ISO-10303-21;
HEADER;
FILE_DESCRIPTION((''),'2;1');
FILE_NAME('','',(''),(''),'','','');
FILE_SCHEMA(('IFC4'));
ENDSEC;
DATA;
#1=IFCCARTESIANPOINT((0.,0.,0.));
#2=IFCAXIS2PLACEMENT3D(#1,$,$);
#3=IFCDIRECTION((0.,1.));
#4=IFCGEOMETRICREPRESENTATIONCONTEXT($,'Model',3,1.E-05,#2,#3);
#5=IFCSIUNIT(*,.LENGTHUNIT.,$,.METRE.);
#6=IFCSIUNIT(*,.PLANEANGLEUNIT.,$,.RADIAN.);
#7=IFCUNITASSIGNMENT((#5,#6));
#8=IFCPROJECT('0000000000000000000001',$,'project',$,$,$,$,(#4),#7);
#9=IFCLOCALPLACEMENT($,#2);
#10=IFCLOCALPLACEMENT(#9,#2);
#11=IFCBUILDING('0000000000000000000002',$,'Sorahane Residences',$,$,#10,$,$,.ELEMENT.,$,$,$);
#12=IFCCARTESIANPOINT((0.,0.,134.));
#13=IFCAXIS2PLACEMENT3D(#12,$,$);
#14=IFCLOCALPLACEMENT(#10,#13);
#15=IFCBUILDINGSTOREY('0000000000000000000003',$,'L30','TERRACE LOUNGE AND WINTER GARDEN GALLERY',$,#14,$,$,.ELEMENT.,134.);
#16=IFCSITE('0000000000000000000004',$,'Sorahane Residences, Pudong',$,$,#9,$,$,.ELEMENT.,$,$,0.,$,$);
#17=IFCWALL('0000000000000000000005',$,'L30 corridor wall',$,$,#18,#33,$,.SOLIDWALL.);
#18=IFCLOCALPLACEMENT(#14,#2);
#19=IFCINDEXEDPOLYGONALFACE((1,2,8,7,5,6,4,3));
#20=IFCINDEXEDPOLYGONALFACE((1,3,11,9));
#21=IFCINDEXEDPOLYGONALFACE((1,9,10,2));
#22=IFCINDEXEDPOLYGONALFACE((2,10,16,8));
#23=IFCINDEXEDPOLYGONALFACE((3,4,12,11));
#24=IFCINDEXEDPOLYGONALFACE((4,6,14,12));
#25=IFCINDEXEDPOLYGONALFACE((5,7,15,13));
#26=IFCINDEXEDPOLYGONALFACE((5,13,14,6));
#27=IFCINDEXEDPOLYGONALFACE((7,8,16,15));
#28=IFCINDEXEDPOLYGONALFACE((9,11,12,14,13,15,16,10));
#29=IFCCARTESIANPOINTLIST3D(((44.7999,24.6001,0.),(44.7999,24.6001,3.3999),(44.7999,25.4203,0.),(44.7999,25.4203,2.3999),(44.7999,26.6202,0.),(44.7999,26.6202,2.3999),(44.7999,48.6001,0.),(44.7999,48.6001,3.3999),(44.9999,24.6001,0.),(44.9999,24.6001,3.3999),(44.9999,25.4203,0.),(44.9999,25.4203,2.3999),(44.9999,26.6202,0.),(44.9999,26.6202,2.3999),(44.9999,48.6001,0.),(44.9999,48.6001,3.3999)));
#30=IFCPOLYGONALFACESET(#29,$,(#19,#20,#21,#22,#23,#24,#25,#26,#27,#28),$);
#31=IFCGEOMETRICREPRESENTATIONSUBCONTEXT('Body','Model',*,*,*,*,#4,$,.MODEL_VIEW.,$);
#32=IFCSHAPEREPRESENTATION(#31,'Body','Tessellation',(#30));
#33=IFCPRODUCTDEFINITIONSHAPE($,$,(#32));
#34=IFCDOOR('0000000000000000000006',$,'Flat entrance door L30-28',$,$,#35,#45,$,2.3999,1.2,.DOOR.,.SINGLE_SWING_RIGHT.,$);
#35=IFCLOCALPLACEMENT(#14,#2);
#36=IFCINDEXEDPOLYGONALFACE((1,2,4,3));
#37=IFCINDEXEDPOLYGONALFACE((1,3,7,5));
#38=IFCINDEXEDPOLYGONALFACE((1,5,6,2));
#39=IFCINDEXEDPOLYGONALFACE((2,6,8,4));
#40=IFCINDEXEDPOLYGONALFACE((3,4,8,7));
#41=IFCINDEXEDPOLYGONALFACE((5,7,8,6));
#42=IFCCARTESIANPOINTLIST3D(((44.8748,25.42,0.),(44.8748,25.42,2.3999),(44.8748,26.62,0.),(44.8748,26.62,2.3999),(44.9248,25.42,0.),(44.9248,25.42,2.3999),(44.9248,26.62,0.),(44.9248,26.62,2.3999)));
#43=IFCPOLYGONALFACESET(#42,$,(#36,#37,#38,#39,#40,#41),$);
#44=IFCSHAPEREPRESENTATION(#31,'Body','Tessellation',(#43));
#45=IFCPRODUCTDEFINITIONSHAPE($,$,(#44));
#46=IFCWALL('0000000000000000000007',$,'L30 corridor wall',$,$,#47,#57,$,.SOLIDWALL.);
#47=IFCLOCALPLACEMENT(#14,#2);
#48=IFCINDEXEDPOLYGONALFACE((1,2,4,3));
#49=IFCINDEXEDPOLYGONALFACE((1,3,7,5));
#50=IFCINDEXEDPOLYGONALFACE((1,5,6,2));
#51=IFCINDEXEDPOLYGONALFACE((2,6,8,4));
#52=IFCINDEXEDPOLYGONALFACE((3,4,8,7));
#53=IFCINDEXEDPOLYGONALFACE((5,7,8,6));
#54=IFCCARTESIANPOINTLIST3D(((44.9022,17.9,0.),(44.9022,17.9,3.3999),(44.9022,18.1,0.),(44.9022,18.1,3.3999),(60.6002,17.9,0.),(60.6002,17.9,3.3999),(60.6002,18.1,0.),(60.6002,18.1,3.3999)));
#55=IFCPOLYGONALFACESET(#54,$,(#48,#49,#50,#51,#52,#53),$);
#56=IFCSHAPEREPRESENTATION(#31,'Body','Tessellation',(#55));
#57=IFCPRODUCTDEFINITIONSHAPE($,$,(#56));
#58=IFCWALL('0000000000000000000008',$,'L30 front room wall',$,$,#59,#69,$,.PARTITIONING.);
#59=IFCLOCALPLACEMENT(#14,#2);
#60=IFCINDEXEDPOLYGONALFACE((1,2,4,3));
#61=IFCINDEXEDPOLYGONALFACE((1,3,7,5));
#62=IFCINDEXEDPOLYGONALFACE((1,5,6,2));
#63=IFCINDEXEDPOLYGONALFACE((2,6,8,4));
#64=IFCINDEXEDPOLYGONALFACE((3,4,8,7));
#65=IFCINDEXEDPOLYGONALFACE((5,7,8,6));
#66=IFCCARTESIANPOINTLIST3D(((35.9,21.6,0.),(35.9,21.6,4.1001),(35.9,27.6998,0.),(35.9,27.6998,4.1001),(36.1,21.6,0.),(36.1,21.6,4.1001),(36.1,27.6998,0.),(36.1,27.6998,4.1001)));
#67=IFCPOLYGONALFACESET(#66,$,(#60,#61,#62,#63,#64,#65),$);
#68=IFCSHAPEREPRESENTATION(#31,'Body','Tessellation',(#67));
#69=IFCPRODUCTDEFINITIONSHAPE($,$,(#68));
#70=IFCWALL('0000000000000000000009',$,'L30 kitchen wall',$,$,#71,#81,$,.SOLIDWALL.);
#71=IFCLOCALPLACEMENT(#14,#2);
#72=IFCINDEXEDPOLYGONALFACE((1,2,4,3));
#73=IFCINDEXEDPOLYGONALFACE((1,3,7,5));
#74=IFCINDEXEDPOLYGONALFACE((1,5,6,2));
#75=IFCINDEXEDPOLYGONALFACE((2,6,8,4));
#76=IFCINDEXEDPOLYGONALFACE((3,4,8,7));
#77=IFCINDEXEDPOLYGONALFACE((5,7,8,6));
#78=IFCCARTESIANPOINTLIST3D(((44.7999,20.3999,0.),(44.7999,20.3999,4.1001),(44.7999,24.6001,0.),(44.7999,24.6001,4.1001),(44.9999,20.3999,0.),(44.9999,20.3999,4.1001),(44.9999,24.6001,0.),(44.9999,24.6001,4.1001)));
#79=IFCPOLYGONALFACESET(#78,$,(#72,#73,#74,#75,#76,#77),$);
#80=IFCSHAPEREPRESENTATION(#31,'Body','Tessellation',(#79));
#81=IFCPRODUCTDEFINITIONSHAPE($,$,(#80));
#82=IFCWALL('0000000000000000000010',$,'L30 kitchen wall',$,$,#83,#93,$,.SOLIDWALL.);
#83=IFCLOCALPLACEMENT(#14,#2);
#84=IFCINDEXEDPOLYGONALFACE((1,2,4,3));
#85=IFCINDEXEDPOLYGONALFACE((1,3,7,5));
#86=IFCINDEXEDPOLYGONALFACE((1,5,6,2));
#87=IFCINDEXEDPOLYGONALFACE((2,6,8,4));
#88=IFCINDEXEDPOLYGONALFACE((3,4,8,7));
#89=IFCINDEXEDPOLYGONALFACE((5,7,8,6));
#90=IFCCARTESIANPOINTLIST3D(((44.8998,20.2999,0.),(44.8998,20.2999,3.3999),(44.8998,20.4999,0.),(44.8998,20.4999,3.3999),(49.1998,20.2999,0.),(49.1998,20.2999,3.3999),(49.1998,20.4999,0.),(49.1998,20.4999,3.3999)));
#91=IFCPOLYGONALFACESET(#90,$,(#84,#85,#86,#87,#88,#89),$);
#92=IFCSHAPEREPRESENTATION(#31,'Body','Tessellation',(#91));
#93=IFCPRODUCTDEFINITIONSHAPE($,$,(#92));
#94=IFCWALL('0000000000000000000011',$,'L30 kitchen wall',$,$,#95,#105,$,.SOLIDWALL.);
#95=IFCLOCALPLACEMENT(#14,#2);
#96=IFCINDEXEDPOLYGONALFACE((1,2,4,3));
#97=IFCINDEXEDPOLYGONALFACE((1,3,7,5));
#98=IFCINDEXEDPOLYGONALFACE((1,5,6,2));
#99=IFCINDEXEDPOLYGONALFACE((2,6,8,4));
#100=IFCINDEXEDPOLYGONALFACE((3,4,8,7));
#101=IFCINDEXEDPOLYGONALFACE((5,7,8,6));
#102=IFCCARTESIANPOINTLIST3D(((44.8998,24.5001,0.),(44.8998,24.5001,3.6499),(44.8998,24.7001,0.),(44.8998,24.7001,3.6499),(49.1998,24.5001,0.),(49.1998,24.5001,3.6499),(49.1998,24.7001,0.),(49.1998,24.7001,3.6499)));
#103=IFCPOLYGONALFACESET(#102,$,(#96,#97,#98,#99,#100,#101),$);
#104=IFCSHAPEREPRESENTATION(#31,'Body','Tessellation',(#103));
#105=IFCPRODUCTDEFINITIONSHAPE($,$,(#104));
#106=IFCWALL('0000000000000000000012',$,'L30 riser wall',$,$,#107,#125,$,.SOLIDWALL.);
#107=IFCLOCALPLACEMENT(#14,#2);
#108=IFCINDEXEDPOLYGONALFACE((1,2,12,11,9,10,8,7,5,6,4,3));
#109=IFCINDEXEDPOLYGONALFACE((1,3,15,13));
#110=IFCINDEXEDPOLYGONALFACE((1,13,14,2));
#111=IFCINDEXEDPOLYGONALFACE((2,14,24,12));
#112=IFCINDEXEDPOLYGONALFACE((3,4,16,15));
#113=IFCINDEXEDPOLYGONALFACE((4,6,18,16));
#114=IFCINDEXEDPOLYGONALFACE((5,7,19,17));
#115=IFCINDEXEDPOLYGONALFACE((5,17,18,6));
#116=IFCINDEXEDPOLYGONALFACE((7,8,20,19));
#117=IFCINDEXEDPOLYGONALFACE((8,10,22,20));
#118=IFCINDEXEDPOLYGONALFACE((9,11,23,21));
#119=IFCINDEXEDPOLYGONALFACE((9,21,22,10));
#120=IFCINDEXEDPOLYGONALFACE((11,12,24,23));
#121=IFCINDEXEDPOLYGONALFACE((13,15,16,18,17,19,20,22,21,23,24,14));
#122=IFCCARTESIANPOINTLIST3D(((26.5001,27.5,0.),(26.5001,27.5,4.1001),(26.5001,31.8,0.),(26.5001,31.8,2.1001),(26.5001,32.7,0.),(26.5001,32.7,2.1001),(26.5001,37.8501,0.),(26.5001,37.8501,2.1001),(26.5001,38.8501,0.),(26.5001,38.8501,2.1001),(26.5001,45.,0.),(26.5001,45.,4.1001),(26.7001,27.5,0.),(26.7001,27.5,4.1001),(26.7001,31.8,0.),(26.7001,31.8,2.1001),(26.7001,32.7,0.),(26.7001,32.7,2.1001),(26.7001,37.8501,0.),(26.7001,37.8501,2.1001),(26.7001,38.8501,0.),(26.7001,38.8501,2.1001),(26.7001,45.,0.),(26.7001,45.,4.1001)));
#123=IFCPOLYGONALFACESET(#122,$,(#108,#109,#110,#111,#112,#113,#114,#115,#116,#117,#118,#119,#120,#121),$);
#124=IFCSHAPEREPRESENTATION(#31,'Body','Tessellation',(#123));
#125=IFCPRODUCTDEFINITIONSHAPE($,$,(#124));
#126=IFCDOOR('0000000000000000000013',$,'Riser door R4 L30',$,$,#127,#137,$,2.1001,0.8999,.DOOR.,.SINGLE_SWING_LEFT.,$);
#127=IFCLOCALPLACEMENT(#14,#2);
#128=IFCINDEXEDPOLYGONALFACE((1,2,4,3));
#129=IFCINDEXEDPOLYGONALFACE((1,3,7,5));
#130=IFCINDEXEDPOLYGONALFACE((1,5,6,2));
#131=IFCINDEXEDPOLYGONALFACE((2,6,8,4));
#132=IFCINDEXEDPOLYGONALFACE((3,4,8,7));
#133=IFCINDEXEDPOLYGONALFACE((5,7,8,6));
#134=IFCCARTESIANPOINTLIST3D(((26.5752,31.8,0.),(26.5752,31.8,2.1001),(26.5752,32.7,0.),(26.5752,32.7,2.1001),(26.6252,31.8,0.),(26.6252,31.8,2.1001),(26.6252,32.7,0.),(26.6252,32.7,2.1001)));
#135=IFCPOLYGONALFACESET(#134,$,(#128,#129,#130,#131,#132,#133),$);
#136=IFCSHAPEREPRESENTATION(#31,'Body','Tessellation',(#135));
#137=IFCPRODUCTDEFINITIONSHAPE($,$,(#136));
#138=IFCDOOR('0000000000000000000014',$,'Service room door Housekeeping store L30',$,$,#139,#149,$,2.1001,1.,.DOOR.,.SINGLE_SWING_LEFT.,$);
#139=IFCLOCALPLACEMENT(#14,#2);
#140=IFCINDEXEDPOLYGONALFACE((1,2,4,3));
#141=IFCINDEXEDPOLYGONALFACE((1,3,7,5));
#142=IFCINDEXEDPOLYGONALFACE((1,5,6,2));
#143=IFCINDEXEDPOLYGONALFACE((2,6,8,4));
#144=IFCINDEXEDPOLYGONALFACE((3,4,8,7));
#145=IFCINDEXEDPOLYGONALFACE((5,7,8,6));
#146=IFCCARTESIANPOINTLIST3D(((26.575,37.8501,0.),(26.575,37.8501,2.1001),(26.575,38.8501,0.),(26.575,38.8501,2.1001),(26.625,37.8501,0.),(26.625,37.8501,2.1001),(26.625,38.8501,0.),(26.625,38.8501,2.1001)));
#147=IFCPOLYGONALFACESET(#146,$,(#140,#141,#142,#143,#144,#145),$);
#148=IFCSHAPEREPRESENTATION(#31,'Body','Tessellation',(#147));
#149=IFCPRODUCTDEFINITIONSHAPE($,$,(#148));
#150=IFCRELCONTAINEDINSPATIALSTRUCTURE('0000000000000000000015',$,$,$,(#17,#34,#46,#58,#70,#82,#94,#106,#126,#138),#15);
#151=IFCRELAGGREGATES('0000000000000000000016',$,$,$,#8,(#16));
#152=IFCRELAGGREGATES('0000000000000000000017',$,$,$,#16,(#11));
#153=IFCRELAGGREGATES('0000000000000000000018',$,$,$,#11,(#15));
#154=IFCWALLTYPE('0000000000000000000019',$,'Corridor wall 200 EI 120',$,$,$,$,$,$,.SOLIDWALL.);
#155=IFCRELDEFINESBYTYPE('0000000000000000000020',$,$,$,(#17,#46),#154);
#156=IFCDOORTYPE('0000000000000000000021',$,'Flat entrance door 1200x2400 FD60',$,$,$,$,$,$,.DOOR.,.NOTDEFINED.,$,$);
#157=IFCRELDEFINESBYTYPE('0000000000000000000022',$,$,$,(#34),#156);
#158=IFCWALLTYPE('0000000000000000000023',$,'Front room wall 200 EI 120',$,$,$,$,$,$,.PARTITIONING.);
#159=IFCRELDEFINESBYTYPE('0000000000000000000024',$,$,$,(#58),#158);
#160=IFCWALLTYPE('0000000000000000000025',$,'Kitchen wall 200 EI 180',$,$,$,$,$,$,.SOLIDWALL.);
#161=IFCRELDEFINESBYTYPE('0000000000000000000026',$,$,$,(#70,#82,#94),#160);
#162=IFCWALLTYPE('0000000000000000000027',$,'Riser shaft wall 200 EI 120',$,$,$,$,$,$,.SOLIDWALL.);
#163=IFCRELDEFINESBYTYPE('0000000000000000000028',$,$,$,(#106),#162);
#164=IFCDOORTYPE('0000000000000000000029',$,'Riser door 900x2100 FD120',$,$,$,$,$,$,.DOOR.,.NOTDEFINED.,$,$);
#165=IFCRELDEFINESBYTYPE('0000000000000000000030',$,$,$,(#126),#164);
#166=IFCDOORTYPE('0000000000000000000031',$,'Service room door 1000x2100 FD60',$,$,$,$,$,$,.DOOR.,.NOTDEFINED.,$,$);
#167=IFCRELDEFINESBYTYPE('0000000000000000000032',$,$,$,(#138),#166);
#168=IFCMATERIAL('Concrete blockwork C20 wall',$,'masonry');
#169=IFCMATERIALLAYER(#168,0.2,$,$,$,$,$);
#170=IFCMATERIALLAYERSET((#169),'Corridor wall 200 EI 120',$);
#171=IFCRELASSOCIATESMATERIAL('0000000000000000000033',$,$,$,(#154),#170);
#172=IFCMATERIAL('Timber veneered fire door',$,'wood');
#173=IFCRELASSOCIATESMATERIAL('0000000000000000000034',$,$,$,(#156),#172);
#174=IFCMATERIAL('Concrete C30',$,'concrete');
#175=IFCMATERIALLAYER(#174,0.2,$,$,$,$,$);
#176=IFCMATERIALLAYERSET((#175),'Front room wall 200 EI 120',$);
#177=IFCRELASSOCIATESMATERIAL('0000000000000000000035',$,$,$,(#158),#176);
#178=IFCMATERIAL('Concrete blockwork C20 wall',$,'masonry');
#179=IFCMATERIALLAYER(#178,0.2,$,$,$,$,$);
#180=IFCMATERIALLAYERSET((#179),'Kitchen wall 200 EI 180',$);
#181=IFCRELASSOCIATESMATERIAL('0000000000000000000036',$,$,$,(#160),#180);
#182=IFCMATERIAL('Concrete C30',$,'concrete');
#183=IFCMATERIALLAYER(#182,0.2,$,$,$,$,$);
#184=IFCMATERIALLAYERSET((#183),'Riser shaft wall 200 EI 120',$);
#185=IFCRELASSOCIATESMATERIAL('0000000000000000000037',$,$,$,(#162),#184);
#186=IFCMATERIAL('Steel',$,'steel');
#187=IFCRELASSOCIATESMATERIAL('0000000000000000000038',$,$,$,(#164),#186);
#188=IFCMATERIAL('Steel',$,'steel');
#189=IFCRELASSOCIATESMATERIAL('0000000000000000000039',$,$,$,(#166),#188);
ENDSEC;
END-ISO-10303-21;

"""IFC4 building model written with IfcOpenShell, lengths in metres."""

from ifc_helpers import new_model, si_unit, direction, frame, frame_2d, origin, place, context, subcontext, project, spatial, rectangle, extrude, material, layer, layer_set, type_object, element, fill, save


model = new_model("IFC4")

# Units and contexts
model_context = context("Model", 3, precision=1e-05, world=origin(), true_north=direction((0.0, 1.0)))
body_context = subcontext(model_context, "Body", "Model", "MODEL_VIEW")
ifc_project = project(units=[si_unit("LENGTHUNIT", "METRE"), si_unit("PLANEANGLEUNIT", "RADIAN")], contexts=[model_context])

# Site, building, storey
site_placement = place(None, origin())
site = spatial("IfcSite", under=ifc_project, at=site_placement, Name="Sorahane Residences, Pudong", CompositionType="ELEMENT", RefElevation=0.0)
building_placement = place(site_placement, origin())
building = spatial("IfcBuilding", under=site, at=building_placement, Name="Sorahane Residences", CompositionType="ELEMENT")
storey_placement = place(building_placement, frame((0.0, 0.0, 134.0)))
storey = spatial("IfcBuildingStorey", under=building, at=storey_placement, Name="L30", Description="TERRACE LOUNGE AND WINTER GARDEN GALLERY", CompositionType="ELEMENT", Elevation=134.0)

# Shared definitions
ifc_material_1 = material(Name="Concrete blockwork C20 wall", Category="masonry")
ifc_layer_1 = layer(ifc_material_1, 0.2)
ifc_layer_set_1 = layer_set([ifc_layer_1], Name="Corridor wall 200 EI 120")
wall_type_1 = type_object("IfcWallType", Name="Corridor wall 200 EI 120", PredefinedType="SOLIDWALL", material=ifc_layer_set_1)

# Wall, opening, door
wall_1_placement = place(storey_placement, frame((44.8999, 24.6001, 0.0), z_axis=(0.0, 0.0, 1.0), x_axis=(0.0, 1.0, 0.0)))
wall_1 = element("IfcWall", 1, at=wall_1_placement, inside=storey, type_object=wall_type_1, Name="L30 corridor wall", PredefinedType="SOLIDWALL", context=body_context, shape_type="SweptSolid", body=[
    extrude(rectangle(XDim=24.0, YDim=0.2, at=frame_2d((12.0, 0.0))), origin(), (0.0, 0.0, 1.0), 3.3999),
])
opening_1_placement = place(wall_1_placement, frame((0.8201, 0.0, 0.0)))
opening_1 = element("IfcOpeningElement", 2, at=opening_1_placement, cuts=wall_1, PredefinedType="OPENING", context=body_context, shape_type="SweptSolid", body=[
    extrude(rectangle(XDim=1.2, YDim=2.3999, at=frame_2d((0.6001, 1.2))), frame((0.0, 0.1099, 0.0), z_axis=(0.0, -1.0, 0.0), x_axis=(1.0, 0.0, 0.0)), (0.0, 0.0, 1.0), 0.22),
])
ifc_material_2 = material(Name="Timber veneered fire door", Category="wood")
door_type_1 = type_object("IfcDoorType", Name="Flat entrance door 1200x2400 FD60", OperationType="NOTDEFINED", PredefinedType="DOOR", material=ifc_material_2)
door_1_placement = place(opening_1_placement, frame((1.2, 0.0, 0.0), z_axis=(0.0, 0.0, 1.0), x_axis=(-1.0, 0.0, 0.0)))
door_1 = element("IfcDoor", 3, at=door_1_placement, inside=storey, type_object=door_type_1, Name="Flat entrance door L30-28", OperationType="SINGLE_SWING_RIGHT", OverallHeight=2.3999, OverallWidth=1.2, PredefinedType="DOOR", context=body_context, shape_type="SweptSolid", body=[
    extrude(rectangle(XDim=1.2, YDim=2.3999, at=frame_2d((0.6001, 1.2))), frame((0.0, 0.0249, 0.0), z_axis=(0.0, -1.0, 0.0), x_axis=(1.0, 0.0, 0.0)), (0.0, 0.0, 1.0), 0.05),
])
fill(opening_1, door_1)

# Walls
wall_2_placement = place(storey_placement, frame((44.9021, 18.0, 0.0), z_axis=(0.0, 0.0, 1.0), x_axis=(1.0, 0.0, 0.0)))
element("IfcWall", 4, at=wall_2_placement, inside=storey, type_object=wall_type_1, Name="L30 corridor wall", PredefinedType="SOLIDWALL", context=body_context, shape_type="SweptSolid", body=[
    extrude(rectangle(XDim=15.698, YDim=0.2, at=frame_2d((7.8491, 0.0))), origin(), (0.0, 0.0, 1.0), 3.3999),
])
ifc_material_3 = material(Name="Concrete C30", Category="concrete")
ifc_layer_2 = layer(ifc_material_3, 0.2)
ifc_layer_set_2 = layer_set([ifc_layer_2], Name="Front room wall 200 EI 120")
wall_type_2 = type_object("IfcWallType", Name="Front room wall 200 EI 120", PredefinedType="PARTITIONING", material=ifc_layer_set_2)
wall_3_placement = place(storey_placement, frame((36.0, 21.6001, 0.0), z_axis=(0.0, 0.0, 1.0), x_axis=(0.0, 1.0, 0.0)))
element("IfcWall", 5, at=wall_3_placement, inside=storey, type_object=wall_type_2, Name="L30 front room wall", PredefinedType="PARTITIONING", context=body_context, shape_type="SweptSolid", body=[
    extrude(rectangle(XDim=6.0999, YDim=0.2, at=frame_2d((3.0498, 0.0))), origin(), (0.0, 0.0, 1.0), 4.1001),
])
ifc_material_4 = material(Name="Concrete blockwork C20 wall", Category="masonry")
ifc_layer_3 = layer(ifc_material_4, 0.2)
ifc_layer_set_3 = layer_set([ifc_layer_3], Name="Kitchen wall 200 EI 180")
wall_type_3 = type_object("IfcWallType", Name="Kitchen wall 200 EI 180", PredefinedType="SOLIDWALL", material=ifc_layer_set_3)
wall_4_placement = place(storey_placement, frame((44.8999, 20.3999, 0.0), z_axis=(0.0, 0.0, 1.0), x_axis=(0.0, 1.0, 0.0)))
element("IfcWall", 6, at=wall_4_placement, inside=storey, type_object=wall_type_3, Name="L30 kitchen wall", PredefinedType="SOLIDWALL", context=body_context, shape_type="SweptSolid", body=[
    extrude(rectangle(XDim=4.2002, YDim=0.2, at=frame_2d((2.1001, 0.0))), origin(), (0.0, 0.0, 1.0), 4.1001),
])
wall_5_placement = place(storey_placement, frame((44.8999, 20.3999, 0.0), z_axis=(0.0, 0.0, 1.0), x_axis=(1.0, 0.0, 0.0)))
element("IfcWall", 7, at=wall_5_placement, inside=storey, type_object=wall_type_3, Name="L30 kitchen wall", PredefinedType="SOLIDWALL", context=body_context, shape_type="SweptSolid", body=[
    extrude(rectangle(XDim=4.3, YDim=0.2, at=frame_2d((2.1499, 0.0))), origin(), (0.0, 0.0, 1.0), 3.3999),
])
wall_6_placement = place(storey_placement, frame((44.8999, 24.6001, 0.0), z_axis=(0.0, 0.0, 1.0), x_axis=(1.0, 0.0, 0.0)))
element("IfcWall", 8, at=wall_6_placement, inside=storey, type_object=wall_type_3, Name="L30 kitchen wall", PredefinedType="SOLIDWALL", context=body_context, shape_type="SweptSolid", body=[
    extrude(rectangle(XDim=4.3, YDim=0.2, at=frame_2d((2.1499, 0.0))), origin(), (0.0, 0.0, 1.0), 3.6499),
])

# Wall, openings, doors
ifc_material_5 = material(Name="Concrete C30", Category="concrete")
ifc_layer_4 = layer(ifc_material_5, 0.2)
ifc_layer_set_4 = layer_set([ifc_layer_4], Name="Riser shaft wall 200 EI 120")
wall_type_4 = type_object("IfcWallType", Name="Riser shaft wall 200 EI 120", PredefinedType="SOLIDWALL", material=ifc_layer_set_4)
wall_7_placement = place(storey_placement, frame((26.6001, 27.5, 0.0), z_axis=(0.0, 0.0, 1.0), x_axis=(0.0, 1.0, 0.0)))
wall_7 = element("IfcWall", 9, at=wall_7_placement, inside=storey, type_object=wall_type_4, Name="L30 riser wall", PredefinedType="SOLIDWALL", context=body_context, shape_type="SweptSolid", body=[
    extrude(rectangle(XDim=17.5, YDim=0.2, at=frame_2d((8.75, 0.0))), origin(), (0.0, 0.0, 1.0), 4.1001),
])
opening_2_placement = place(wall_7_placement, frame((4.3, 0.0, 0.0)))
opening_2 = element("IfcOpeningElement", 10, at=opening_2_placement, cuts=wall_7, PredefinedType="OPENING", context=body_context, shape_type="SweptSolid", body=[
    extrude(rectangle(XDim=0.8999, YDim=2.1001, at=frame_2d((0.45, 1.05))), frame((0.0, 0.1099, 0.0), z_axis=(0.0, -1.0, 0.0), x_axis=(1.0, 0.0, 0.0)), (0.0, 0.0, 1.0), 0.22),
])
opening_3_placement = place(wall_7_placement, frame((10.3501, 0.0, 0.0)))
opening_3 = element("IfcOpeningElement", 11, at=opening_3_placement, cuts=wall_7, PredefinedType="OPENING", context=body_context, shape_type="SweptSolid", body=[
    extrude(rectangle(XDim=1.0, YDim=2.1001, at=frame_2d((0.5, 1.05))), frame((0.0, 0.1099, 0.0), z_axis=(0.0, -1.0, 0.0), x_axis=(1.0, 0.0, 0.0)), (0.0, 0.0, 1.0), 0.22),
])
ifc_material_6 = material(Name="Steel", Category="steel")
door_type_2 = type_object("IfcDoorType", Name="Riser door 900x2100 FD120", OperationType="NOTDEFINED", PredefinedType="DOOR", material=ifc_material_6)
door_2_placement = place(opening_2_placement, origin())
door_2 = element("IfcDoor", 12, at=door_2_placement, inside=storey, type_object=door_type_2, Name="Riser door R4 L30", OperationType="SINGLE_SWING_LEFT", OverallHeight=2.1001, OverallWidth=0.8999, PredefinedType="DOOR", context=body_context, shape_type="SweptSolid", body=[
    extrude(rectangle(XDim=0.8999, YDim=2.1001, at=frame_2d((0.45, 1.05))), frame((0.0, 0.0249, 0.0), z_axis=(0.0, -1.0, 0.0), x_axis=(1.0, 0.0, 0.0)), (0.0, 0.0, 1.0), 0.05),
])
fill(opening_2, door_2)
ifc_material_7 = material(Name="Steel", Category="steel")
door_type_3 = type_object("IfcDoorType", Name="Service room door 1000x2100 FD60", OperationType="NOTDEFINED", PredefinedType="DOOR", material=ifc_material_7)
door_3_placement = place(opening_3_placement, frame((1.0, 0.0, 0.0), z_axis=(0.0, 0.0, 1.0), x_axis=(-1.0, 0.0, 0.0)))
door_3 = element("IfcDoor", 13, at=door_3_placement, inside=storey, type_object=door_type_3, Name="Service room door Housekeeping store L30", OperationType="SINGLE_SWING_LEFT", OverallHeight=2.1001, OverallWidth=1.0, PredefinedType="DOOR", context=body_context, shape_type="SweptSolid", body=[
    extrude(rectangle(XDim=1.0, YDim=2.1001, at=frame_2d((0.5, 1.05))), frame((0.0, 0.0249, 0.0), z_axis=(0.0, -1.0, 0.0), x_axis=(1.0, 0.0, 0.0)), (0.0, 0.0, 1.0), 0.05),
])
fill(opening_3, door_3)

save(model, "model.ifc")
